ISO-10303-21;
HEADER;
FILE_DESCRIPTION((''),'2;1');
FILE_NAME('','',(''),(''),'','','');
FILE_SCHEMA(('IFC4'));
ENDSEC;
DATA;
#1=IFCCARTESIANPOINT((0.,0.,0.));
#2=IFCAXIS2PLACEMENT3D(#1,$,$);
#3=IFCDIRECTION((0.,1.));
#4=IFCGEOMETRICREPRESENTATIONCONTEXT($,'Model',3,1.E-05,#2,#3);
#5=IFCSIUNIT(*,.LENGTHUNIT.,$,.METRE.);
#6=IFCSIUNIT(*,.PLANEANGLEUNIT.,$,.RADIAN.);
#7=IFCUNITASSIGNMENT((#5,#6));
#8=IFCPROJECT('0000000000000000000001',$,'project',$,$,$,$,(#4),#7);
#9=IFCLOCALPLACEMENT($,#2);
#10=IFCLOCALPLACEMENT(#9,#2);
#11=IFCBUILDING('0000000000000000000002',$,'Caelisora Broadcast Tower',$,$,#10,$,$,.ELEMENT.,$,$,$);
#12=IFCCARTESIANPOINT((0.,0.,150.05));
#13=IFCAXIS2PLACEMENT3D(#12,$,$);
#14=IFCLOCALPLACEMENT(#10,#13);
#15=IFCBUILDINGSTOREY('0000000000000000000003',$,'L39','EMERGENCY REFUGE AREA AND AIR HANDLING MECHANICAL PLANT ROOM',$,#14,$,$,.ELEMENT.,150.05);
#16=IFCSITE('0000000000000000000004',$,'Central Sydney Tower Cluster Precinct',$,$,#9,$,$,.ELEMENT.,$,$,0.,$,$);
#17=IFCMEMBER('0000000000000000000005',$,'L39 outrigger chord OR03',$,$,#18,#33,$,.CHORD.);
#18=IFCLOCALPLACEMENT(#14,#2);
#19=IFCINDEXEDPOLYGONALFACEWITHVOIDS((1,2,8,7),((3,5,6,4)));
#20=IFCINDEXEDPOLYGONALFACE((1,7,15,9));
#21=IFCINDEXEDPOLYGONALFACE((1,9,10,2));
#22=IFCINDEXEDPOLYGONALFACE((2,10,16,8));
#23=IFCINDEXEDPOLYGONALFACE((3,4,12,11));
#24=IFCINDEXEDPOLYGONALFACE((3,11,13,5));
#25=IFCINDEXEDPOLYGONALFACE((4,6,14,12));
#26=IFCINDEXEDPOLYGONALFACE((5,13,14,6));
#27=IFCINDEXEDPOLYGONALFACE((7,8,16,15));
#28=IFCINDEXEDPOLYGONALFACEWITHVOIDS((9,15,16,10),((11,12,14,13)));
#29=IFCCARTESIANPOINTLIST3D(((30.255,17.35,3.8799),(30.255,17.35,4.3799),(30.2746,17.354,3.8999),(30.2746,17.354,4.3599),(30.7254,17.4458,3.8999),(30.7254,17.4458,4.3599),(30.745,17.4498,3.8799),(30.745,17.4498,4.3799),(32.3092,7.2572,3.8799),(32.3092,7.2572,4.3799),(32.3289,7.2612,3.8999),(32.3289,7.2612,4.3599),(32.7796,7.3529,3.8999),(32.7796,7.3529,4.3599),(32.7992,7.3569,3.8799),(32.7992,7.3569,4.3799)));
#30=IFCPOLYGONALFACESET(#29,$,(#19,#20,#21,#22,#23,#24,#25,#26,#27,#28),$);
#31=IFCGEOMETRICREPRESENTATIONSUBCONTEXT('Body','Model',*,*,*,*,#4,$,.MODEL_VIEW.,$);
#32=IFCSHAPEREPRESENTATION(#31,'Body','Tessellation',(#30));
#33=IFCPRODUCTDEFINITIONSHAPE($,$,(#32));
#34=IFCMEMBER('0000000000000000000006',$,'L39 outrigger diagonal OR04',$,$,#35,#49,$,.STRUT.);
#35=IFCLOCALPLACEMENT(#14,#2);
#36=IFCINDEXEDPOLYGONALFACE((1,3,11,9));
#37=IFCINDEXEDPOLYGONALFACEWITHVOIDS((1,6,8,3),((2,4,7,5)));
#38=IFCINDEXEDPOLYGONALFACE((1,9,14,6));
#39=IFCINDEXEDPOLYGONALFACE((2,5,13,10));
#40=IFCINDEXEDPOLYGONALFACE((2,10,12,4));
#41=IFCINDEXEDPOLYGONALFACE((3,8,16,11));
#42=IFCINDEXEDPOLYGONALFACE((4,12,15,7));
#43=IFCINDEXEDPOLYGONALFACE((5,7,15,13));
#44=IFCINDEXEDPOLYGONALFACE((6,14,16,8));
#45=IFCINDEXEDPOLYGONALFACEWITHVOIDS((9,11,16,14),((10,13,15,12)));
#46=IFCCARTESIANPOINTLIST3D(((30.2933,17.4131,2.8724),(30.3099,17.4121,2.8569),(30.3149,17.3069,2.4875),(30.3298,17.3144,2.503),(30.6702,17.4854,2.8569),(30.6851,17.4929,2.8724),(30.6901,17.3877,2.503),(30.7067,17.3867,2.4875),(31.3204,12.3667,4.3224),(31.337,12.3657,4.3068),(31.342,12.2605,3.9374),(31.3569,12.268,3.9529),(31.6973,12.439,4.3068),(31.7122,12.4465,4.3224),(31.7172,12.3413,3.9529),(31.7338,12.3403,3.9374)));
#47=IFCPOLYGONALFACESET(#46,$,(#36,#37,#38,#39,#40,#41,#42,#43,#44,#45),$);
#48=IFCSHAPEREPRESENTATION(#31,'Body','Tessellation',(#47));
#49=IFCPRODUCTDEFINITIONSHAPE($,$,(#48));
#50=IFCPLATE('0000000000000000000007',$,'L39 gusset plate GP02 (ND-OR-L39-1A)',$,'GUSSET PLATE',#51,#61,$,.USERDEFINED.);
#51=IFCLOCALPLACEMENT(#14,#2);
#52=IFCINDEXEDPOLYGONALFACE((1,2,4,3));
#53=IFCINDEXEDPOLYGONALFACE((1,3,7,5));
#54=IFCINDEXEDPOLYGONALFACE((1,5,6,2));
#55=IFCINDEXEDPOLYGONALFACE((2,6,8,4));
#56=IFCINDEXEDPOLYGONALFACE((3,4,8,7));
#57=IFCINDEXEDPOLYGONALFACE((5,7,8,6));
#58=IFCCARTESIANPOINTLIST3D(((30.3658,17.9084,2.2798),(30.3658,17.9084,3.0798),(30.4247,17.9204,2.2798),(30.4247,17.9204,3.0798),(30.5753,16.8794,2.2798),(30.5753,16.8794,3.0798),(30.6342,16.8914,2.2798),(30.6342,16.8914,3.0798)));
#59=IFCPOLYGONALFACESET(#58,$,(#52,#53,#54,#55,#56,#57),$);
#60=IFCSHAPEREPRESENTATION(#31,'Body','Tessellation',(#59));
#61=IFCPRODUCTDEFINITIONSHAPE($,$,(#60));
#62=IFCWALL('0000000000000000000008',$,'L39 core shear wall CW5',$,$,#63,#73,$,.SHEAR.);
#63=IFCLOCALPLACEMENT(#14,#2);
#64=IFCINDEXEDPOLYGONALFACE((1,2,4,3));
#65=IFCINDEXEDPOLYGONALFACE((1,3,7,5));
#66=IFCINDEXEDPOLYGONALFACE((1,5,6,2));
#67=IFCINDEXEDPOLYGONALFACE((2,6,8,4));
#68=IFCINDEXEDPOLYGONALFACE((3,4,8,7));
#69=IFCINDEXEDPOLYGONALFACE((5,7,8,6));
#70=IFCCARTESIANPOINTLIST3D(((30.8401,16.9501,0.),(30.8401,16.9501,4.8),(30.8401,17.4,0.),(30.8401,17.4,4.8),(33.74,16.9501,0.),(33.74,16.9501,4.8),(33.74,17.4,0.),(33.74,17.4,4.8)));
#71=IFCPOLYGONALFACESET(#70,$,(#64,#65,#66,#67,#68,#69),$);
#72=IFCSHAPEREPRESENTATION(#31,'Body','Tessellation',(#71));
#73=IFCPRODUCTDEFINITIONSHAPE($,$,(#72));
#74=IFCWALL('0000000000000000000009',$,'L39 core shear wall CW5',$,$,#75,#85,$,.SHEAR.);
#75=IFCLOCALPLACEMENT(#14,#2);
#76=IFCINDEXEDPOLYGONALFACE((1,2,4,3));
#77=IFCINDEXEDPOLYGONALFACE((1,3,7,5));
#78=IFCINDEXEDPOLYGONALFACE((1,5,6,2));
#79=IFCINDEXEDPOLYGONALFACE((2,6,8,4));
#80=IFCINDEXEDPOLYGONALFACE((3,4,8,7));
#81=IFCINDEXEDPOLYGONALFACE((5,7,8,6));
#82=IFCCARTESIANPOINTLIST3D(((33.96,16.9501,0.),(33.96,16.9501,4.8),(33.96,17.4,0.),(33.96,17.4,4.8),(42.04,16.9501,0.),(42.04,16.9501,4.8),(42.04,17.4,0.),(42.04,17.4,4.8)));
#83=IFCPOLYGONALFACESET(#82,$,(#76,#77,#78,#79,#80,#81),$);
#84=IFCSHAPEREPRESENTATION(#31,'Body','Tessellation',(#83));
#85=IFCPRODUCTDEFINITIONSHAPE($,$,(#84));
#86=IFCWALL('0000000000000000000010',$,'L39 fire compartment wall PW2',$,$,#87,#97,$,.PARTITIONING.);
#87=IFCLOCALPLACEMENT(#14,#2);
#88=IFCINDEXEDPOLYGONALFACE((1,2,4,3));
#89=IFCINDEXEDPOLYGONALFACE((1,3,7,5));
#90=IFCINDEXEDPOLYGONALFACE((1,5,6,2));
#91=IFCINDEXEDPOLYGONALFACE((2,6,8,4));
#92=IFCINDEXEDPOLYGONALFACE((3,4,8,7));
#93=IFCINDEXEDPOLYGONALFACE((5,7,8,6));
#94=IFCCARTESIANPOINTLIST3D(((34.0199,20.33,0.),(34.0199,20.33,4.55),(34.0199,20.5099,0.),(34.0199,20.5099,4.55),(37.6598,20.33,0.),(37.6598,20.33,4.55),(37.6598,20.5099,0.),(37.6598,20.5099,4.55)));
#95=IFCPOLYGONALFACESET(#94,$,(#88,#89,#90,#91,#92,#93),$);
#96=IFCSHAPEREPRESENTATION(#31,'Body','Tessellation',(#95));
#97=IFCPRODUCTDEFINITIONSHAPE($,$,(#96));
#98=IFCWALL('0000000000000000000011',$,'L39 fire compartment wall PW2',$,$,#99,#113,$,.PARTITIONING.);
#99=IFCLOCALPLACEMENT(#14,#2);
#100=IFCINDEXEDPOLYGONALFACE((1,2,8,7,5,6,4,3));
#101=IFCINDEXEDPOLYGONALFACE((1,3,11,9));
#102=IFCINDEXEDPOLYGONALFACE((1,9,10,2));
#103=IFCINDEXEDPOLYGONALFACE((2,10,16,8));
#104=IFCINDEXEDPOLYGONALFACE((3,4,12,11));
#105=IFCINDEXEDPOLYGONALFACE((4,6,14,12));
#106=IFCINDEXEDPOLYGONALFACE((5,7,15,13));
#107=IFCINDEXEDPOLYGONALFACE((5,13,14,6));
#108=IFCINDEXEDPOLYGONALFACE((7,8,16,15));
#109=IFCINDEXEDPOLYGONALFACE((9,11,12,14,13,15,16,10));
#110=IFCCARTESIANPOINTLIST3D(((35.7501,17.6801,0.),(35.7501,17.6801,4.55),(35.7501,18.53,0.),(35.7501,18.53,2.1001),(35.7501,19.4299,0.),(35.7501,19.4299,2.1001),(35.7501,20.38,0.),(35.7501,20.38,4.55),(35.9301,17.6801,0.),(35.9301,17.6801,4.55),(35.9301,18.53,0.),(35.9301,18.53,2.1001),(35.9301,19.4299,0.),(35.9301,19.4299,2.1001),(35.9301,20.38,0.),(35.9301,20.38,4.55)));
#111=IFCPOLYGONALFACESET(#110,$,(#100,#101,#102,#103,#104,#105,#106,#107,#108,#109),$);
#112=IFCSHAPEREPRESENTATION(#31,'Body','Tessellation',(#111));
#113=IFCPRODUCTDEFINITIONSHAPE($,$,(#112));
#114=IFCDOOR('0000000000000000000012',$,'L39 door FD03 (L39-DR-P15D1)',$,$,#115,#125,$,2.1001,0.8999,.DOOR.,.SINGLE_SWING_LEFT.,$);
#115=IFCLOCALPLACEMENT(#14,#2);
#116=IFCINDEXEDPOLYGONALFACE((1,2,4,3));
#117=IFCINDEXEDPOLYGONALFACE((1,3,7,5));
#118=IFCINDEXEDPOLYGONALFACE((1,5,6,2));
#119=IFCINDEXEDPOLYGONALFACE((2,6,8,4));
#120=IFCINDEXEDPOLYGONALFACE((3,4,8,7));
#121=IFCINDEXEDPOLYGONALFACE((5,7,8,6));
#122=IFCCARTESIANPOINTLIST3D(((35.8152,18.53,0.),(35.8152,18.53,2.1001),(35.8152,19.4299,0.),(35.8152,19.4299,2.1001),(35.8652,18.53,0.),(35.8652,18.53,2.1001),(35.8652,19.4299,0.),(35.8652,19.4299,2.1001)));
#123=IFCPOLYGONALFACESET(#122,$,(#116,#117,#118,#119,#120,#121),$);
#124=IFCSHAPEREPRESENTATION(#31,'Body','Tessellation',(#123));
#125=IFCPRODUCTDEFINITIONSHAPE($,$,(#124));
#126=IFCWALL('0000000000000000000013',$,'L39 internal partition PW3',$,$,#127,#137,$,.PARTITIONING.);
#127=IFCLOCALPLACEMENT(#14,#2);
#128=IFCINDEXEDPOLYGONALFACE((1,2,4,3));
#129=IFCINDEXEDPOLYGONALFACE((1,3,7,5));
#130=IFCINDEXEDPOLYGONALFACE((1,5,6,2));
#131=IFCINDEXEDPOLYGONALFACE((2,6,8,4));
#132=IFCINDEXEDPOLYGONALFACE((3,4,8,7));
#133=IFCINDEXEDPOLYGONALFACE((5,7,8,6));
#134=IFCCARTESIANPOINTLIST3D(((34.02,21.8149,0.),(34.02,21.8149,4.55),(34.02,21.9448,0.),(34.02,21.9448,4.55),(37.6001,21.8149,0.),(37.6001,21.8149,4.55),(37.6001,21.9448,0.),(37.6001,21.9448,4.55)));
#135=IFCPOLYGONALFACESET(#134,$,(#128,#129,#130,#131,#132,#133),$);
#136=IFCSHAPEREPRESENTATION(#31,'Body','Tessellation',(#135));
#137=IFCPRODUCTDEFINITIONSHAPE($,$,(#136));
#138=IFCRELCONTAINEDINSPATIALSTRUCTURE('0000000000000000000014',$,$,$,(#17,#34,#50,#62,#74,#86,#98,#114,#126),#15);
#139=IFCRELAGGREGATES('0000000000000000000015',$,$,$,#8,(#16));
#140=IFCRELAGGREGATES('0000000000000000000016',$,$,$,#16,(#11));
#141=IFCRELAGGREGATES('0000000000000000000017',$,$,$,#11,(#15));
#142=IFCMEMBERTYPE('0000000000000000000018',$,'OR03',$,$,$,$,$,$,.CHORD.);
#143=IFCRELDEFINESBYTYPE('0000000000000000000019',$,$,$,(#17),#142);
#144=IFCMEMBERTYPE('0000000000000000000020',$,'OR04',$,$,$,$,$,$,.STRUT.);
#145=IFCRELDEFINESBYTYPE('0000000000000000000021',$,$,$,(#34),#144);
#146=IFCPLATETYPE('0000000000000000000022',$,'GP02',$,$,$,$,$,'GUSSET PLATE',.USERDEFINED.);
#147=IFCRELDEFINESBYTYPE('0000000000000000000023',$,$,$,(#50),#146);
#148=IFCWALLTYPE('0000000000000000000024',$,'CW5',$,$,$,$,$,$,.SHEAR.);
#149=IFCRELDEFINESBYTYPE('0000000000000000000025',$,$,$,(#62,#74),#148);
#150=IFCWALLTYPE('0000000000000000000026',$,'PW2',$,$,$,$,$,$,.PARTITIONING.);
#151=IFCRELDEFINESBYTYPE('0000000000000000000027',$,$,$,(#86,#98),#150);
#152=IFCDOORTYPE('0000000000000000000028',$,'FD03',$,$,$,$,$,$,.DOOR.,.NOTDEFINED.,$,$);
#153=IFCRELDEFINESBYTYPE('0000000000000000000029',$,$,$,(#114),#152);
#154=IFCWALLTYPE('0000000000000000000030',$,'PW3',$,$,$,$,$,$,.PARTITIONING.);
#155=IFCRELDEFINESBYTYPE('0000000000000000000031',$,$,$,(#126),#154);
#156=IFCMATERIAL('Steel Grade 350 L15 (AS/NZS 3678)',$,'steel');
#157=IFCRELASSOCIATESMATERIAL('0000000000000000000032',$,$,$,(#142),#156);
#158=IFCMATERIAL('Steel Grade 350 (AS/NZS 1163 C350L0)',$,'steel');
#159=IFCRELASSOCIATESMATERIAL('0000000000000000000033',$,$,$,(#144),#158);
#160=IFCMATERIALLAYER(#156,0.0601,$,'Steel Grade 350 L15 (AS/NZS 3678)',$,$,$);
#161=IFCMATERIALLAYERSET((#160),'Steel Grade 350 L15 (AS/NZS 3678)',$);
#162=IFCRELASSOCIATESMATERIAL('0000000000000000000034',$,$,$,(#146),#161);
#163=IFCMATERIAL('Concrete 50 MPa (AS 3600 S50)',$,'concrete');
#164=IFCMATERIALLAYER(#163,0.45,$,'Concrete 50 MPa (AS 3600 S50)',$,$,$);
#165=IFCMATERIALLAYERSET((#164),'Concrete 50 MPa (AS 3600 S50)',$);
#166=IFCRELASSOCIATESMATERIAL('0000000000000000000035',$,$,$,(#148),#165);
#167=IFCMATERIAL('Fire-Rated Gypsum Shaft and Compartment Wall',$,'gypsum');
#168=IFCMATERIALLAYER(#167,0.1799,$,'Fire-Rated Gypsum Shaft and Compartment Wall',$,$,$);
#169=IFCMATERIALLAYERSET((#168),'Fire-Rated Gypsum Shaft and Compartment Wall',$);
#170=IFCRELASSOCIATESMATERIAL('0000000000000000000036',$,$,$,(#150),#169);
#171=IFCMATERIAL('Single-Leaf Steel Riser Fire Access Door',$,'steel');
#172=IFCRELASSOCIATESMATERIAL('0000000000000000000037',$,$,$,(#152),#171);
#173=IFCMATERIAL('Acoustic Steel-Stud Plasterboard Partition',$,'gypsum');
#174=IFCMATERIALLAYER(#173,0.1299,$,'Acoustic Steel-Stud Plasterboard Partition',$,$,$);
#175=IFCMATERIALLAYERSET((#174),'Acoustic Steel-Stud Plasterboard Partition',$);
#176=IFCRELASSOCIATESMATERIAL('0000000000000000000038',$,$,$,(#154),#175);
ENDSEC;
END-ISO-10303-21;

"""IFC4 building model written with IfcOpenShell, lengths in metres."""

from ifc_helpers import new_model, si_unit, direction, frame, frame_2d, origin, origin_2d, place, context, subcontext, project, spatial, rectangle, hollow_rectangle, extrude, source, transform, mapped, material, layer, layer_set, material_profile, profile_set, type_object, type_shapes, element, fill, save


model = new_model("IFC4")

# Units and contexts
model_context = context("Model", 3, precision=1e-05, world=origin(), true_north=direction((0.0, 1.0)))
body_context = subcontext(model_context, "Body", "Model", "MODEL_VIEW")
ifc_project = project(units=[si_unit("LENGTHUNIT", "METRE"), si_unit("PLANEANGLEUNIT", "RADIAN")], contexts=[model_context])

# Site, building, storey
site_placement = place(None, origin())
site = spatial("IfcSite", under=ifc_project, at=site_placement, Name="Central Sydney Tower Cluster Precinct", CompositionType="ELEMENT", RefElevation=0.0)
building_placement = place(site_placement, origin())
building = spatial("IfcBuilding", under=site, at=building_placement, Name="Caelisora Broadcast Tower", CompositionType="ELEMENT")
storey_placement = place(building_placement, frame((0.0, 0.0, 150.05)))
storey = spatial("IfcBuildingStorey", under=building, at=storey_placement, Name="L39", Description="EMERGENCY REFUGE AREA AND AIR HANDLING MECHANICAL PLANT ROOM", CompositionType="ELEMENT", Elevation=150.05)

# Shared definitions
ifc_material_1 = material(Name="Steel Grade 350 L15 (AS/NZS 3678)", Category="steel")

# Members
ifc_material_profile_1 = material_profile(ifc_material_1, hollow_rectangle(XDim=0.5, YDim=0.5, WallThickness=0.02, at=origin_2d()), Name="Steel Grade 350 L15 (AS/NZS 3678)")
ifc_profile_set_1 = profile_set([ifc_material_profile_1], Name="Steel Grade 350 L15 (AS/NZS 3678)")
member_type_1 = type_object("IfcMemberType", Name="OR03", PredefinedType="CHORD", material=ifc_profile_set_1)
shared_shape_1 = source(origin(), body_context, "Body", "SweptSolid", [
    extrude(hollow_rectangle(XDim=0.5, YDim=0.5, WallThickness=0.02, at=origin_2d()), origin(), (0.0, 0.0, 1.0), 10.2998),
])
member_1_placement = place(storey_placement, frame((30.5, 17.3999, 4.1299), z_axis=(0.199443, -0.97991, 0.0), x_axis=(0.97991, 0.199443, 0.0)))
element("IfcMember", 1, at=member_1_placement, inside=storey, type_object=member_type_1, Name="L39 outrigger chord OR03", PredefinedType="CHORD", context=body_context, shape_type="MappedRepresentation", body=[
    mapped(shared_shape_1, transform((0.0, 0.0, 0.0), scale=1.0)),
])
ifc_material_2 = material(Name="Steel Grade 350 (AS/NZS 1163 C350L0)", Category="steel")
ifc_material_profile_2 = material_profile(ifc_material_2, hollow_rectangle(XDim=0.3999, YDim=0.3999, WallThickness=0.0161, at=origin_2d()), Name="Steel Grade 350 (AS/NZS 1163 C350L0)")
ifc_profile_set_2 = profile_set([ifc_material_profile_2], Name="Steel Grade 350 (AS/NZS 1163 C350L0)")
member_type_2 = type_object("IfcMemberType", Name="OR04", PredefinedType="STRUT", material=ifc_profile_set_2)
shared_shape_2 = source(origin(), body_context, "Body", "SweptSolid", [
    extrude(hollow_rectangle(XDim=0.3999, YDim=0.3999, WallThickness=0.0161, at=origin_2d()), origin(), (0.0, 0.0, 1.0), 5.3501),
])
type_shapes(member_type_2, [shared_shape_2])
member_2_placement = place(storey_placement, frame((30.5, 17.3999, 2.6799), z_axis=(0.191979, -0.943236, 0.271015), x_axis=(0.97991, 0.199443, 0.0)))
element("IfcMember", 2, at=member_2_placement, inside=storey, type_object=member_type_2, Name="L39 outrigger diagonal OR04", PredefinedType="STRUT", context=body_context, shape_type="MappedRepresentation", body=[
    mapped(shared_shape_2, transform((0.0, 0.0, 0.0), scale=1.0)),
])

# Plate
ifc_layer_1 = layer(ifc_material_1, 0.0601, Name="Steel Grade 350 L15 (AS/NZS 3678)")
ifc_layer_set_1 = layer_set([ifc_layer_1], Name="Steel Grade 350 L15 (AS/NZS 3678)")
plate_type = type_object("IfcPlateType", Name="GP02", ElementType="GUSSET PLATE", PredefinedType="USERDEFINED", material=ifc_layer_set_1)
shared_shape_3 = source(origin(), body_context, "Body", "SweptSolid", [
    extrude(rectangle(XDim=1.05, YDim=0.0601, at=origin_2d()), origin(), (0.0, 0.0, 1.0), 0.8),
])
type_shapes(plate_type, [shared_shape_3])
plate_placement = place(storey_placement, frame((30.5, 17.3999, 2.2798), z_axis=(0.0, 0.0, 1.0), x_axis=(0.199539, -0.97989, 0.0)))
element("IfcPlate", 3, at=plate_placement, inside=storey, type_object=plate_type, Name="L39 gusset plate GP02 (ND-OR-L39-1A)", ObjectType="GUSSET PLATE", PredefinedType="USERDEFINED", context=body_context, shape_type="MappedRepresentation", body=[
    mapped(shared_shape_3, transform((0.0, 0.0, 0.0), scale=1.0)),
])

# Walls
ifc_material_3 = material(Name="Concrete 50 MPa (AS 3600 S50)", Category="concrete")
ifc_layer_2 = layer(ifc_material_3, 0.45, Name="Concrete 50 MPa (AS 3600 S50)")
ifc_layer_set_2 = layer_set([ifc_layer_2], Name="Concrete 50 MPa (AS 3600 S50)")
wall_type_1 = type_object("IfcWallType", Name="CW5", PredefinedType="SHEAR", material=ifc_layer_set_2)
wall_1_placement = place(storey_placement, frame((30.8401, 17.175, 0.0), z_axis=(0.0, 0.0, 1.0), x_axis=(1.0, 0.0, 0.0)))
element("IfcWall", 4, at=wall_1_placement, inside=storey, type_object=wall_type_1, Name="L39 core shear wall CW5", PredefinedType="SHEAR", context=body_context, shape_type="SweptSolid", body=[
    extrude(rectangle(XDim=2.8999, YDim=0.45, at=frame_2d((1.45, 0.0))), origin(), (0.0, 0.0, 1.0), 4.8),
])
wall_2_placement = place(storey_placement, frame((33.96, 17.175, 0.0), z_axis=(0.0, 0.0, 1.0), x_axis=(1.0, 0.0, 0.0)))
element("IfcWall", 5, at=wall_2_placement, inside=storey, type_object=wall_type_1, Name="L39 core shear wall CW5", PredefinedType="SHEAR", context=body_context, shape_type="SweptSolid", body=[
    extrude(rectangle(XDim=8.0801, YDim=0.45, at=frame_2d((4.04, 0.0))), origin(), (0.0, 0.0, 1.0), 4.8),
])
ifc_material_4 = material(Name="Fire-Rated Gypsum Shaft and Compartment Wall", Category="gypsum")
ifc_layer_3 = layer(ifc_material_4, 0.1799, Name="Fire-Rated Gypsum Shaft and Compartment Wall")
ifc_layer_set_3 = layer_set([ifc_layer_3], Name="Fire-Rated Gypsum Shaft and Compartment Wall")
wall_type_2 = type_object("IfcWallType", Name="PW2", PredefinedType="PARTITIONING", material=ifc_layer_set_3)
wall_3_placement = place(storey_placement, frame((34.02, 20.4199, 0.0), z_axis=(0.0, 0.0, 1.0), x_axis=(1.0, 0.0, 0.0)))
element("IfcWall", 6, at=wall_3_placement, inside=storey, type_object=wall_type_2, Name="L39 fire compartment wall PW2", PredefinedType="PARTITIONING", context=body_context, shape_type="SweptSolid", body=[
    extrude(rectangle(XDim=3.6399, YDim=0.1799, at=frame_2d((1.8198, 0.0))), origin(), (0.0, 0.0, 1.0), 4.55),
])

# Wall, opening, door
wall_4_placement = place(storey_placement, frame((35.8401, 17.6799, 0.0), z_axis=(0.0, 0.0, 1.0), x_axis=(0.0, 1.0, 0.0)))
wall_4 = element("IfcWall", 7, at=wall_4_placement, inside=storey, type_object=wall_type_2, Name="L39 fire compartment wall PW2", PredefinedType="PARTITIONING", context=body_context, shape_type="SweptSolid", body=[
    extrude(rectangle(XDim=2.7, YDim=0.1799, at=frame_2d((1.3501, 0.0))), origin(), (0.0, 0.0, 1.0), 4.55),
])
opening_placement = place(wall_4_placement, frame((0.8501, 0.0, 0.0)))
opening = element("IfcOpeningElement", 8, at=opening_placement, cuts=wall_4, PredefinedType="OPENING", context=body_context, shape_type="SweptSolid", body=[
    extrude(rectangle(XDim=0.8999, YDim=2.1001, at=frame_2d((0.45, 1.05))), frame((0.0, 0.1021, 0.0), z_axis=(0.0, -1.0, 0.0), x_axis=(1.0, 0.0, 0.0)), (0.0, 0.0, 1.0), 0.2039),
])
ifc_material_5 = material(Name="Single-Leaf Steel Riser Fire Access Door", Category="steel")
door_type = type_object("IfcDoorType", Name="FD03", OperationType="NOTDEFINED", PredefinedType="DOOR", material=ifc_material_5)
door_placement = place(opening_placement, origin())
door = element("IfcDoor", 9, at=door_placement, inside=storey, type_object=door_type, Name="L39 door FD03 (L39-DR-P15D1)", OperationType="SINGLE_SWING_LEFT", OverallHeight=2.1001, OverallWidth=0.8999, PredefinedType="DOOR", context=body_context, shape_type="SweptSolid", body=[
    extrude(rectangle(XDim=0.8999, YDim=2.1001, at=frame_2d((0.45, 1.05))), frame((0.0, 0.0249, 0.0), z_axis=(0.0, -1.0, 0.0), x_axis=(1.0, 0.0, 0.0)), (0.0, 0.0, 1.0), 0.05),
])
fill(opening, door)

# Wall
ifc_material_6 = material(Name="Acoustic Steel-Stud Plasterboard Partition", Category="gypsum")
ifc_layer_4 = layer(ifc_material_6, 0.1299, Name="Acoustic Steel-Stud Plasterboard Partition")
ifc_layer_set_4 = layer_set([ifc_layer_4], Name="Acoustic Steel-Stud Plasterboard Partition")
wall_type_3 = type_object("IfcWallType", Name="PW3", PredefinedType="PARTITIONING", material=ifc_layer_set_4)
wall_5_placement = place(storey_placement, frame((34.02, 21.8799, 0.0), z_axis=(0.0, 0.0, 1.0), x_axis=(1.0, 0.0, 0.0)))
element("IfcWall", 10, at=wall_5_placement, inside=storey, type_object=wall_type_3, Name="L39 internal partition PW3", PredefinedType="PARTITIONING", context=body_context, shape_type="SweptSolid", body=[
    extrude(rectangle(XDim=3.5801, YDim=0.1299, at=frame_2d((1.79, 0.0))), origin(), (0.0, 0.0, 1.0), 4.55),
])

save(model, "model.ifc")
